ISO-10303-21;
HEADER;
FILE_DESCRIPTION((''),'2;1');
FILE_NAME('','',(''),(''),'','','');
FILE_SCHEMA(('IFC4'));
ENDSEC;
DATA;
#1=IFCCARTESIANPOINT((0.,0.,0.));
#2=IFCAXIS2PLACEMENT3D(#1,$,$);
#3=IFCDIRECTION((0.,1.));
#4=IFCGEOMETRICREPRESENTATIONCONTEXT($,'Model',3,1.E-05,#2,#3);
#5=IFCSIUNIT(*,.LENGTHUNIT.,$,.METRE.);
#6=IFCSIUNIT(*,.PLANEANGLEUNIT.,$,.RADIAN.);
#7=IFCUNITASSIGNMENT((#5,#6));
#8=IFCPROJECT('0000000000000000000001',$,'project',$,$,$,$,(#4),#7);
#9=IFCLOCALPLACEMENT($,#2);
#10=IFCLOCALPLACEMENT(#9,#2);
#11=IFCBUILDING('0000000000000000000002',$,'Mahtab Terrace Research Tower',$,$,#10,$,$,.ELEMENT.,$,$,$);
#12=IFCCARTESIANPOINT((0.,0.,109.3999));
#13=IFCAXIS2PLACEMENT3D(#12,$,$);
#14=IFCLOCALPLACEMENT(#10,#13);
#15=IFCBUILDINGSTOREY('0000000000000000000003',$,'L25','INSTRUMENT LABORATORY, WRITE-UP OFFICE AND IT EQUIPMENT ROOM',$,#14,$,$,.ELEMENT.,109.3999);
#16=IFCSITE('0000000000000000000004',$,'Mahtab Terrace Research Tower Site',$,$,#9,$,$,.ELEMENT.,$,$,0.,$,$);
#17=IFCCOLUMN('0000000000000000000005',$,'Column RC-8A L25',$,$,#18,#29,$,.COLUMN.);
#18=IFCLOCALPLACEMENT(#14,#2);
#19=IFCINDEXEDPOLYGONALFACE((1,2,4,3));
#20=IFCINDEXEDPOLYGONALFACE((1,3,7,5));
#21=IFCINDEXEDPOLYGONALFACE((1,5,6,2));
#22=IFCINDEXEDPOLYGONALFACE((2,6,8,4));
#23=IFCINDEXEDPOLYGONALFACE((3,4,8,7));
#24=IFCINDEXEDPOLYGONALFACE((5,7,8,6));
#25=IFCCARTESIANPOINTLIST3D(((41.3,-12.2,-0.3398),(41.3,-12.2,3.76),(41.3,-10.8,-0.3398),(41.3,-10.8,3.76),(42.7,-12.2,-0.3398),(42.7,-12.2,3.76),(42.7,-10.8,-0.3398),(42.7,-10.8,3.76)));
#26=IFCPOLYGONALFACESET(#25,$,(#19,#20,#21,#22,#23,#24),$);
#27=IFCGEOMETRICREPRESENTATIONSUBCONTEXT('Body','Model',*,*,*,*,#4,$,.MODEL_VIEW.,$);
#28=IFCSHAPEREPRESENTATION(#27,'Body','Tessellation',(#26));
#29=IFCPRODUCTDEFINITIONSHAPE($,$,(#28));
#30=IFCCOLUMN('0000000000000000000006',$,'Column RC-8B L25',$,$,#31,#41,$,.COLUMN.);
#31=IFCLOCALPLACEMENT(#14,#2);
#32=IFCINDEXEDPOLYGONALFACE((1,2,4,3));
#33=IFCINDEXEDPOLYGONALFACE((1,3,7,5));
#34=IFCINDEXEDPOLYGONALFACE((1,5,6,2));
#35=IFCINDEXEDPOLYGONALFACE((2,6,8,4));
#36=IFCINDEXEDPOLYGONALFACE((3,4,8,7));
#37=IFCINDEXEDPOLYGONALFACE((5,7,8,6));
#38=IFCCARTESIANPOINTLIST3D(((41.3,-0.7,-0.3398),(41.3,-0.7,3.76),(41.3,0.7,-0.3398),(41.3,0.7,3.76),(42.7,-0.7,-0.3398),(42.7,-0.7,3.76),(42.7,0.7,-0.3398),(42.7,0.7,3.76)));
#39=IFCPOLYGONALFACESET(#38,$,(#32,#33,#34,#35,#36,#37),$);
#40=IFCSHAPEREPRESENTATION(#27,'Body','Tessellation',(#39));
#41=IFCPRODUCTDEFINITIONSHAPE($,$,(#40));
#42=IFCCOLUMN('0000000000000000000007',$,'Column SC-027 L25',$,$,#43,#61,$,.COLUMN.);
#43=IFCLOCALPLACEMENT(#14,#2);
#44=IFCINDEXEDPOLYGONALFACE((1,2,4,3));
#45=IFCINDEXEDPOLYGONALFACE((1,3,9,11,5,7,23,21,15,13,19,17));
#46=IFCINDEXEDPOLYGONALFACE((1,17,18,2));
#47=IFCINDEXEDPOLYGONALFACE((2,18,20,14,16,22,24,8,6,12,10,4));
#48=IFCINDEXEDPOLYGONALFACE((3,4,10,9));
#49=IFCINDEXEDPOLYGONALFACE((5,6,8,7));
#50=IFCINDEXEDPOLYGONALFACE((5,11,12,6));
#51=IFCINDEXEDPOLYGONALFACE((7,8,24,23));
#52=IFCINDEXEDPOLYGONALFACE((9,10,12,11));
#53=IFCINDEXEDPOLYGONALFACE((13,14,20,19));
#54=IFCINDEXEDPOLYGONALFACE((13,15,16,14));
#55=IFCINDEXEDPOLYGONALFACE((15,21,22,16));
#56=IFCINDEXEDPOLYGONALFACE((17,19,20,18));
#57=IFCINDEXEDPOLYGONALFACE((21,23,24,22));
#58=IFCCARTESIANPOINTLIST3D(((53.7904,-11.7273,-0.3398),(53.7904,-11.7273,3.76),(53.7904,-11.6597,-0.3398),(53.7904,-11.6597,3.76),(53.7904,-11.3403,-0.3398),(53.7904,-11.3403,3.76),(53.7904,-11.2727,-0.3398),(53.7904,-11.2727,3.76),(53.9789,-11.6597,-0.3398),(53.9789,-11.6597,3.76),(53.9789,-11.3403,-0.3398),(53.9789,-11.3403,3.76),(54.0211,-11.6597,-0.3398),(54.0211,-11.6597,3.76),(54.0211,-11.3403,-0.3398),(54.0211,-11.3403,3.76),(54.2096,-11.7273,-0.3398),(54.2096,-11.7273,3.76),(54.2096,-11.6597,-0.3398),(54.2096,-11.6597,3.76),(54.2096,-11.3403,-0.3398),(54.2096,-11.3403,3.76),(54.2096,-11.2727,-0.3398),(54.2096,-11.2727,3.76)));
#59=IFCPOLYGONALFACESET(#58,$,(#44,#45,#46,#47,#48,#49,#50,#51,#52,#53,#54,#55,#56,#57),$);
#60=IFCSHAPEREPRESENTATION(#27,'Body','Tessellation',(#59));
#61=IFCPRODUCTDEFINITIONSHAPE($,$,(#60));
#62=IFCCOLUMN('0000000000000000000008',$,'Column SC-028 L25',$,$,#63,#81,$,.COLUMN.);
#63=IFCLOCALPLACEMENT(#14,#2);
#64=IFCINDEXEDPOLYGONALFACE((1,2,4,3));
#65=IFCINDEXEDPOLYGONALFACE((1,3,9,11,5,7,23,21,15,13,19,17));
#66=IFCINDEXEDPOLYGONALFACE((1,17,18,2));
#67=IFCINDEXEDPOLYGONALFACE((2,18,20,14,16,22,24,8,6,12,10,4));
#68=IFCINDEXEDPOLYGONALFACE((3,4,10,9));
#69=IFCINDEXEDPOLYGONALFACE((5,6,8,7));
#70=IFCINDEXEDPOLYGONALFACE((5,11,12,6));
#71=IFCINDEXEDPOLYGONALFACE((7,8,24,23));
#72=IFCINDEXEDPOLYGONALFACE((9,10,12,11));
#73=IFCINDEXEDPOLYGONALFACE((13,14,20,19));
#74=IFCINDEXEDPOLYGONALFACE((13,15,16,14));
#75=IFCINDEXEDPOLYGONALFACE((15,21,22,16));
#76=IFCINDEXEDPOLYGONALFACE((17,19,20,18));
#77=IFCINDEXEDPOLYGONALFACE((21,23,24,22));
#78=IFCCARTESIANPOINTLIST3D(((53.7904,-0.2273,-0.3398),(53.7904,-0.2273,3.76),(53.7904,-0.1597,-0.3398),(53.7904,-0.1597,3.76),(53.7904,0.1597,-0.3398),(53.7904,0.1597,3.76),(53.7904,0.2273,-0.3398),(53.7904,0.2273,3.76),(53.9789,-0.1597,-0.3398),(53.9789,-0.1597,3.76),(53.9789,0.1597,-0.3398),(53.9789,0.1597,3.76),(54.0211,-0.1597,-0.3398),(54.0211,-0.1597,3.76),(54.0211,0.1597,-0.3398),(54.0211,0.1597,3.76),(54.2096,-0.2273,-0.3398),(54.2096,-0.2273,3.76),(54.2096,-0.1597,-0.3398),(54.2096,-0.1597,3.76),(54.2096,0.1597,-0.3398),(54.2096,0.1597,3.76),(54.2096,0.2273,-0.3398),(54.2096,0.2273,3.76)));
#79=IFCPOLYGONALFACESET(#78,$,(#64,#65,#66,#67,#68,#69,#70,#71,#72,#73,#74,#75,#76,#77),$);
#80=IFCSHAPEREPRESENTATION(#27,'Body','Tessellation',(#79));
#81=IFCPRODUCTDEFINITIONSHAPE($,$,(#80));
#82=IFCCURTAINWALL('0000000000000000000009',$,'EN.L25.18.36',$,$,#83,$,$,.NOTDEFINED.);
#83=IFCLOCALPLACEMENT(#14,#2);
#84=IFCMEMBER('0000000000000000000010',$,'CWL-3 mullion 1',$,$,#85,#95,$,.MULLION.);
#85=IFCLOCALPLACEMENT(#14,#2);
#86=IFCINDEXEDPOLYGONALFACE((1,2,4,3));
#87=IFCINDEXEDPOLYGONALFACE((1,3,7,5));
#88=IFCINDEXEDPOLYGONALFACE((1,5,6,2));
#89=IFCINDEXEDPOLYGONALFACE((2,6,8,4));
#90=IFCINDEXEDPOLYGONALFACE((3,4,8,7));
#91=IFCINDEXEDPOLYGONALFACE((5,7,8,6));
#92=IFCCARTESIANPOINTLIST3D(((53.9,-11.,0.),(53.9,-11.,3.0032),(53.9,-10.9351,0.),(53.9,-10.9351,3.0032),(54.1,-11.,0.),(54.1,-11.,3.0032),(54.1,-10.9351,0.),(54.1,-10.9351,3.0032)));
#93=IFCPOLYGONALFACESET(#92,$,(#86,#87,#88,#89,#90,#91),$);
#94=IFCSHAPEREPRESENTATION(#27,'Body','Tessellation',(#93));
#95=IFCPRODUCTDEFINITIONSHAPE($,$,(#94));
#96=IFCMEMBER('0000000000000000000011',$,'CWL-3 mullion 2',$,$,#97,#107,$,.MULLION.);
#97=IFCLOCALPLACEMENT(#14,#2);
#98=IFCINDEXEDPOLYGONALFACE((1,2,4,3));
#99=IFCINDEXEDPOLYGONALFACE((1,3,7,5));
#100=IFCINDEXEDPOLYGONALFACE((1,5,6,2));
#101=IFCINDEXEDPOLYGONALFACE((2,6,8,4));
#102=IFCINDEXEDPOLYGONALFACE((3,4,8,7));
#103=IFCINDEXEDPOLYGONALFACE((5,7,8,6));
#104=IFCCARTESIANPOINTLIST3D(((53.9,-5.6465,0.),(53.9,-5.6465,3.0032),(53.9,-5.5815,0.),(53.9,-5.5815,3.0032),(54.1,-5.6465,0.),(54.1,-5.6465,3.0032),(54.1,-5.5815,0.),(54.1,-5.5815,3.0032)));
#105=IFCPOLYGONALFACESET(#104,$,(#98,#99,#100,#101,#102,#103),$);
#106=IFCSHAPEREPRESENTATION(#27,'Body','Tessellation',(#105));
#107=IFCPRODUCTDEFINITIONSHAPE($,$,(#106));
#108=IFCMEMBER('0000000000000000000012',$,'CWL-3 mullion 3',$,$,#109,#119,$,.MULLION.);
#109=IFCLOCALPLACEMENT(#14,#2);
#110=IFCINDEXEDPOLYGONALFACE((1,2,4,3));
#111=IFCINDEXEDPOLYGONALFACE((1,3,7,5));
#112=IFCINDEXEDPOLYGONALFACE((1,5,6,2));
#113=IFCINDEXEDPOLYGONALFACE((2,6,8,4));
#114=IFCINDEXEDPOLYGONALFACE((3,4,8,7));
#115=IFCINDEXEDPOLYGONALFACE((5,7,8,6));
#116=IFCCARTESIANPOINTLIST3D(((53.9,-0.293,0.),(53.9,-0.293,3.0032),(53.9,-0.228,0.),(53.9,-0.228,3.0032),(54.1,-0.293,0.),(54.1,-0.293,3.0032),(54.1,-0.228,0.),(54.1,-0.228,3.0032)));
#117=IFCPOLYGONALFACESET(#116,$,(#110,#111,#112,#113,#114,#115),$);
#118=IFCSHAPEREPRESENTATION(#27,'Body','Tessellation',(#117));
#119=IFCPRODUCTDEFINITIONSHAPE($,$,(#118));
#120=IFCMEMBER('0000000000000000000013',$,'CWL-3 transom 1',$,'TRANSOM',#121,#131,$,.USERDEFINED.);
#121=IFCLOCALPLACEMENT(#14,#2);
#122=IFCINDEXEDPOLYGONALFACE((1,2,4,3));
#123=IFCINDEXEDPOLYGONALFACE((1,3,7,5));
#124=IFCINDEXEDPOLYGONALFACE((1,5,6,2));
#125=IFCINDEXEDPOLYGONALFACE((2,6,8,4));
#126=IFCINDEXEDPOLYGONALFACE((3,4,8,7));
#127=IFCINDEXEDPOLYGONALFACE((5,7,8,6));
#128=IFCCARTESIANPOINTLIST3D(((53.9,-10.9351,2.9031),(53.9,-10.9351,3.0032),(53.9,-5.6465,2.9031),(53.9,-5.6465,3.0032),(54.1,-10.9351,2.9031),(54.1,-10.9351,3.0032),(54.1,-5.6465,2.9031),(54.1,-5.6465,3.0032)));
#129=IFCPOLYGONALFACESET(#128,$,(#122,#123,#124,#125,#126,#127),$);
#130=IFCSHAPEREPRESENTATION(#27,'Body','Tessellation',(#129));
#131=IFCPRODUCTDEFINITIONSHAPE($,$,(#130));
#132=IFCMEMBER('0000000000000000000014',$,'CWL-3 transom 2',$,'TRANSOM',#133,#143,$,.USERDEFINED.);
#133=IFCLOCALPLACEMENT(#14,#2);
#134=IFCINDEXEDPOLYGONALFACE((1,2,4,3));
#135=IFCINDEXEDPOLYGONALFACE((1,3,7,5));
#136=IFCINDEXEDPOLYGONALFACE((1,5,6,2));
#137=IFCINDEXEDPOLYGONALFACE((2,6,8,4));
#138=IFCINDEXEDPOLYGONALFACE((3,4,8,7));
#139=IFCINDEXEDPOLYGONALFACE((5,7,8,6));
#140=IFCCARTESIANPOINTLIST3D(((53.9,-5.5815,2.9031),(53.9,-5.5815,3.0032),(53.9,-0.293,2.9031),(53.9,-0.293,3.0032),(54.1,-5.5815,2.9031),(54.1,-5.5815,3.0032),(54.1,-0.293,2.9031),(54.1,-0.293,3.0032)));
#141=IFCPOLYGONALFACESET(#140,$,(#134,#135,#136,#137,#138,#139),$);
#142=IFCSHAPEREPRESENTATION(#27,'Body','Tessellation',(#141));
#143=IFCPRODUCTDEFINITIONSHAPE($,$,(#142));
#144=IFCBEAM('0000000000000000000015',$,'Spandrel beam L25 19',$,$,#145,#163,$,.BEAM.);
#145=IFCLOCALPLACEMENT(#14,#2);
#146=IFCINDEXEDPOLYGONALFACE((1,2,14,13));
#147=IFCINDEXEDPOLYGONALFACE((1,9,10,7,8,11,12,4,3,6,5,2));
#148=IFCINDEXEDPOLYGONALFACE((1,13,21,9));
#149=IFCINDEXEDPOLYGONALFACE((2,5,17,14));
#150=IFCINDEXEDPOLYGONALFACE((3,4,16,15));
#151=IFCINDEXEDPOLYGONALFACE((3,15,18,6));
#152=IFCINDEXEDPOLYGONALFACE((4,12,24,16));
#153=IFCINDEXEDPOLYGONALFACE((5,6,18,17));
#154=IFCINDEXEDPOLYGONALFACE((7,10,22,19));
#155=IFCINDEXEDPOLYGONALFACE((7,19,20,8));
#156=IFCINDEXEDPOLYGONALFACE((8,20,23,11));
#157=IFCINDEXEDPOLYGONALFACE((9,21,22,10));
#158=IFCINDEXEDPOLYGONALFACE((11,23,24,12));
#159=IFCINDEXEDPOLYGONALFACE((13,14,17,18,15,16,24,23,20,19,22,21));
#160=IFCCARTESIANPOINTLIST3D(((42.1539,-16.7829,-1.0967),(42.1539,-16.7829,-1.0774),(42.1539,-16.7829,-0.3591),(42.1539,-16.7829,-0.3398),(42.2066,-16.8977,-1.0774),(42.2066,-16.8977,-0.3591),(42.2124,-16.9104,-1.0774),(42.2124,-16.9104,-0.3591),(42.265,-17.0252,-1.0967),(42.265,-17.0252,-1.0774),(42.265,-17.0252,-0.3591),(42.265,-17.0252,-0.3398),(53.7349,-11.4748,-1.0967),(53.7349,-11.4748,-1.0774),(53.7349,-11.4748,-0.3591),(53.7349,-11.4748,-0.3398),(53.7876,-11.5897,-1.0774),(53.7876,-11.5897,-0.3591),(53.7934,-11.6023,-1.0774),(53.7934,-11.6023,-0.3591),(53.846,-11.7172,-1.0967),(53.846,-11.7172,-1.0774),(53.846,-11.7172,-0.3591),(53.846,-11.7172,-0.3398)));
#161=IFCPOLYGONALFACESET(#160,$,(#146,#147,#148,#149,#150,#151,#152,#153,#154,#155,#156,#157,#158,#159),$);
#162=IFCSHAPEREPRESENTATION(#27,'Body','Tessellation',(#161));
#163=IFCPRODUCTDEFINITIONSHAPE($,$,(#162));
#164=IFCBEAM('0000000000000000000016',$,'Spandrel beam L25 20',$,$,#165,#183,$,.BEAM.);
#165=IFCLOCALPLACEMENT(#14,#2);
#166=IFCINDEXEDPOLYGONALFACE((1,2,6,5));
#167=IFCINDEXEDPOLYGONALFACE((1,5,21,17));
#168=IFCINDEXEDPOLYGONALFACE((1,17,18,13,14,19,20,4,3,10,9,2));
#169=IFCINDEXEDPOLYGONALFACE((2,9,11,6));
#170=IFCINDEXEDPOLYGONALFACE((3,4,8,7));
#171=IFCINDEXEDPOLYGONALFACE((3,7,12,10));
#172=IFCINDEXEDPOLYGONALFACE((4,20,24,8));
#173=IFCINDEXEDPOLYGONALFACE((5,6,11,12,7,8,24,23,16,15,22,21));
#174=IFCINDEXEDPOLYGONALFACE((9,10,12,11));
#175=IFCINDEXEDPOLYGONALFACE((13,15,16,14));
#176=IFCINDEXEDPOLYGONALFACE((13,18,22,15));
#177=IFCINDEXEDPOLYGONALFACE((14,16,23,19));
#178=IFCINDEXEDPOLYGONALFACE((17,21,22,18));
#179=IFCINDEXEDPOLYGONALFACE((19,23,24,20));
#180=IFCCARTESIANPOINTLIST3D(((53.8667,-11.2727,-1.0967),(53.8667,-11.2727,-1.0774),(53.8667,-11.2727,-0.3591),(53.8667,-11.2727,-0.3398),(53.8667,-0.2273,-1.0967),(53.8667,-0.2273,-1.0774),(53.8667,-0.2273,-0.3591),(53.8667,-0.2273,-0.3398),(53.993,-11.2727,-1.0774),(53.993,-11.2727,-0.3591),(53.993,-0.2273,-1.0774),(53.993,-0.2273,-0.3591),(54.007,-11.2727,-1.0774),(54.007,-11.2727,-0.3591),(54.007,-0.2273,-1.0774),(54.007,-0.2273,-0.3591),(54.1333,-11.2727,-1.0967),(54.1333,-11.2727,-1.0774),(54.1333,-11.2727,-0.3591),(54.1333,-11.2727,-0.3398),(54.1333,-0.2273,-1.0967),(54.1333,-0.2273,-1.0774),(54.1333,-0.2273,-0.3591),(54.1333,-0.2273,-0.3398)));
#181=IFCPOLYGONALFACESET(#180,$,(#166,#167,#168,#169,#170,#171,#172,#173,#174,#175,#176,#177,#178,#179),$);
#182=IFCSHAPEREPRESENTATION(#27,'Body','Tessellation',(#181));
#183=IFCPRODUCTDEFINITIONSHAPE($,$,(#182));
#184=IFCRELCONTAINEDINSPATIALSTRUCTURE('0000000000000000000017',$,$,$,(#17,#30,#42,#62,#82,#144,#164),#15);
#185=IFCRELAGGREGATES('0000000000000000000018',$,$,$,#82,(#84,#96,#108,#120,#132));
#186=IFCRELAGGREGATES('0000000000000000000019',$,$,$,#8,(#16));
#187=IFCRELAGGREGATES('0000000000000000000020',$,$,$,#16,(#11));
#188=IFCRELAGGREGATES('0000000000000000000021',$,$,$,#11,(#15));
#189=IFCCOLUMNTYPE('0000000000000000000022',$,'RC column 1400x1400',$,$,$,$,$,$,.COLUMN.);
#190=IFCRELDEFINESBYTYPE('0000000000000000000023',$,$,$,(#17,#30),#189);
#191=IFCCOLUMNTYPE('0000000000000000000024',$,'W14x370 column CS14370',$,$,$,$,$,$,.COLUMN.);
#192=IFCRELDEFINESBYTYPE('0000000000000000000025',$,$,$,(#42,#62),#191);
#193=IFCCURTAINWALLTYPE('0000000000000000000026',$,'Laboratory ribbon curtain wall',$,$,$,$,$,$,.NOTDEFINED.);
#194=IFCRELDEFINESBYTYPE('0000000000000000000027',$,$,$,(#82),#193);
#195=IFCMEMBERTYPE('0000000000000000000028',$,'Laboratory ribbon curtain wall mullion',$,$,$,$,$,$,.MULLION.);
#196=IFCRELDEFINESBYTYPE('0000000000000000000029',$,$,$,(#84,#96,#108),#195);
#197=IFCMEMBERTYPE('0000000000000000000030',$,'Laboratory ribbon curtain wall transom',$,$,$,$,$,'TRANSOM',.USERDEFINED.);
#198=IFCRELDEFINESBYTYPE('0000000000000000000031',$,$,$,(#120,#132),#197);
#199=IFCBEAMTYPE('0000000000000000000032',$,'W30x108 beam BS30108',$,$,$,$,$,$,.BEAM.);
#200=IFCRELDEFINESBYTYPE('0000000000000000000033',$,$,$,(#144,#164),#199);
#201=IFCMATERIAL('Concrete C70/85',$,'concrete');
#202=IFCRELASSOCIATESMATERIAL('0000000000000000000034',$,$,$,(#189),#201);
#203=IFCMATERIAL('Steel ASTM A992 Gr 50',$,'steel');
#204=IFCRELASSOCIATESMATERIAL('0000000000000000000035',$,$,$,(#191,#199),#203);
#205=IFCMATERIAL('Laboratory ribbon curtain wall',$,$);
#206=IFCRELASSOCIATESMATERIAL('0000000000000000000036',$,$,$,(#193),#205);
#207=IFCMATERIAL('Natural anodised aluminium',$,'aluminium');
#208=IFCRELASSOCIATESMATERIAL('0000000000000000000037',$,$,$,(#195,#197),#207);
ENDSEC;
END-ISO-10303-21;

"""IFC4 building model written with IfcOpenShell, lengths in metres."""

from ifc_helpers import new_model, si_unit, direction, frame, origin, origin_2d, place, context, subcontext, project, spatial, rectangle, i_section, extrude, material, material_profile, profile_set, type_object, element, aggregate, save


model = new_model("IFC4")

# Units and contexts
model_context = context("Model", 3, precision=1e-05, world=origin(), true_north=direction((0.0, 1.0)))
body_context = subcontext(model_context, "Body", "Model", "MODEL_VIEW")
ifc_project = project(units=[si_unit("LENGTHUNIT", "METRE"), si_unit("PLANEANGLEUNIT", "RADIAN")], contexts=[model_context])

# Site, building, storey
site_placement = place(None, origin())
site = spatial("IfcSite", under=ifc_project, at=site_placement, Name="Mahtab Terrace Research Tower Site", CompositionType="ELEMENT", RefElevation=0.0)
building_placement = place(site_placement, origin())
building = spatial("IfcBuilding", under=site, at=building_placement, Name="Mahtab Terrace Research Tower", CompositionType="ELEMENT")
storey_placement = place(building_placement, frame((0.0, 0.0, 109.3999)))
storey = spatial("IfcBuildingStorey", under=building, at=storey_placement, Name="L25", Description="INSTRUMENT LABORATORY, WRITE-UP OFFICE AND IT EQUIPMENT ROOM", CompositionType="ELEMENT", Elevation=109.3999)

# Columns
ifc_material_1 = material(Name="Concrete C70/85", Category="concrete")
ifc_material_profile_1 = material_profile(ifc_material_1, rectangle(XDim=1.3999, YDim=1.3999, at=origin_2d()), Name="RC column 1400x1400")
ifc_profile_set_1 = profile_set([ifc_material_profile_1], Name="Concrete C70/85")
column_type_1 = type_object("IfcColumnType", Name="RC column 1400x1400", PredefinedType="COLUMN", material=ifc_profile_set_1)
for number, where, z_axis, x_axis, name in (
    (1, (42.0, -11.5, -0.3398), (0.0, 0.0, 1.0), (1.0, 0.0, 0.0), "Column RC-8A L25"),
    (2, (42.0, 0.0, -0.3398), (0.0, 0.0, 1.0), (1.0, 0.0, 0.0), "Column RC-8B L25"),
):
    element("IfcColumn", number, at=place(storey_placement, frame(where, z_axis=z_axis, x_axis=x_axis)), inside=storey, type_object=column_type_1, Name=name, PredefinedType="COLUMN", context=body_context, shape_type="SweptSolid", body=[
        extrude(rectangle(XDim=1.3999, YDim=1.3999, at=origin_2d()), origin(), (0.0, 0.0, 1.0), 4.0999),
    ])
ifc_material_2 = material(Name="Steel ASTM A992 Gr 50", Category="steel")
ifc_material_profile_2 = material_profile(ifc_material_2, i_section(OverallWidth=0.4192, OverallDepth=0.4546, WebThickness=0.0422, FlangeThickness=0.0676, at=origin_2d()), Name="W14X370")
ifc_profile_set_2 = profile_set([ifc_material_profile_2], Name="Steel ASTM A992 Gr 50")
column_type_2 = type_object("IfcColumnType", Name="W14x370 column CS14370", PredefinedType="COLUMN", material=ifc_profile_set_2)
for number, where, z_axis, x_axis, name in (
    (3, (54.0, -11.5, -0.3398), (0.0, 0.0, 1.0), (1.0, 0.0, 0.0), "Column SC-027 L25"),
    (4, (54.0, 0.0, -0.3398), (0.0, 0.0, 1.0), (1.0, 0.0, 0.0), "Column SC-028 L25"),
):
    element("IfcColumn", number, at=place(storey_placement, frame(where, z_axis=z_axis, x_axis=x_axis)), inside=storey, type_object=column_type_2, Name=name, PredefinedType="COLUMN", context=body_context, shape_type="SweptSolid", body=[
        extrude(i_section(OverallWidth=0.4192, OverallDepth=0.4546, WebThickness=0.0422, FlangeThickness=0.0676, at=origin_2d()), origin(), (0.0, 0.0, 1.0), 4.0999),
    ])

# Curtain wall, members
ifc_material_3 = material(Name="Laboratory ribbon curtain wall")
curtain_wall_type = type_object("IfcCurtainWallType", Name="Laboratory ribbon curtain wall", PredefinedType="NOTDEFINED", material=ifc_material_3)
curtain_wall_placement = place(storey_placement, origin())
curtain_wall = element("IfcCurtainWall", 5, at=curtain_wall_placement, inside=storey, type_object=curtain_wall_type, Name="EN.L25.18.36", PredefinedType="NOTDEFINED")
ifc_material_4 = material(Name="Natural anodised aluminium", Category="aluminium")
ifc_material_profile_3 = material_profile(ifc_material_4, rectangle(XDim=0.2, YDim=0.0649, at=origin_2d()), Name="MULLION 65x200")
ifc_profile_set_3 = profile_set([ifc_material_profile_3], Name="Natural anodised aluminium")
member_type_1 = type_object("IfcMemberType", Name="Laboratory ribbon curtain wall mullion", PredefinedType="MULLION", material=ifc_profile_set_3)
member_1_placement = place(storey_placement, frame((54.0, -10.9675, 0.0), z_axis=(0.0, 0.0, 1.0), x_axis=(-1.0, 0.0, 0.0)))
member_1 = element("IfcMember", 6, at=member_1_placement, type_object=member_type_1, Name="CWL-3 mullion 1", PredefinedType="MULLION", context=body_context, shape_type="SweptSolid", body=[
    extrude(rectangle(XDim=0.2, YDim=0.0649, at=origin_2d()), origin(), (0.0, 0.0, 1.0), 3.0032),
])
member_2_placement = place(storey_placement, frame((54.0, -5.614, 0.0), z_axis=(0.0, 0.0, 1.0), x_axis=(-1.0, 0.0, 0.0)))
member_2 = element("IfcMember", 7, at=member_2_placement, type_object=member_type_1, Name="CWL-3 mullion 2", PredefinedType="MULLION", context=body_context, shape_type="SweptSolid", body=[
    extrude(rectangle(XDim=0.2, YDim=0.0649, at=origin_2d()), origin(), (0.0, 0.0, 1.0), 3.0032),
])
member_3_placement = place(storey_placement, frame((54.0, -0.2605, 0.0), z_axis=(0.0, 0.0, 1.0), x_axis=(-1.0, 0.0, 0.0)))
member_3 = element("IfcMember", 8, at=member_3_placement, type_object=member_type_1, Name="CWL-3 mullion 3", PredefinedType="MULLION", context=body_context, shape_type="SweptSolid", body=[
    extrude(rectangle(XDim=0.2, YDim=0.0649, at=origin_2d()), origin(), (0.0, 0.0, 1.0), 3.0032),
])
ifc_material_profile_4 = material_profile(ifc_material_4, rectangle(XDim=0.2, YDim=0.1001, at=origin_2d()), Name="TRANSOM 100x200")
ifc_profile_set_4 = profile_set([ifc_material_profile_4], Name="Natural anodised aluminium")
member_type_2 = type_object("IfcMemberType", Name="Laboratory ribbon curtain wall transom", ElementType="TRANSOM", PredefinedType="USERDEFINED", material=ifc_profile_set_4)
member_4_placement = place(storey_placement, frame((54.0, -10.9351, 2.9531), z_axis=(0.0, 1.0, 0.0), x_axis=(-1.0, 0.0, 0.0)))
member_4 = element("IfcMember", 9, at=member_4_placement, type_object=member_type_2, Name="CWL-3 transom 1", ObjectType="TRANSOM", PredefinedType="USERDEFINED", context=body_context, shape_type="SweptSolid", body=[
    extrude(rectangle(XDim=0.2, YDim=0.1001, at=origin_2d()), origin(), (0.0, 0.0, 1.0), 5.2886),
])
member_5_placement = place(storey_placement, frame((54.0, -5.5815, 2.9531), z_axis=(0.0, 1.0, 0.0), x_axis=(-1.0, 0.0, 0.0)))
member_5 = element("IfcMember", 10, at=member_5_placement, type_object=member_type_2, Name="CWL-3 transom 2", ObjectType="TRANSOM", PredefinedType="USERDEFINED", context=body_context, shape_type="SweptSolid", body=[
    extrude(rectangle(XDim=0.2, YDim=0.1001, at=origin_2d()), origin(), (0.0, 0.0, 1.0), 5.2886),
])

# Beams
ifc_material_profile_5 = material_profile(ifc_material_2, i_section(OverallWidth=0.2666, OverallDepth=0.7568, WebThickness=0.0139, FlangeThickness=0.0193, at=origin_2d()), Name="W30X108")
ifc_profile_set_5 = profile_set([ifc_material_profile_5], Name="Steel ASTM A992 Gr 50")
beam_type = type_object("IfcBeamType", Name="W30x108 beam BS30108", PredefinedType="BEAM", material=ifc_profile_set_5)
beam_1_placement = place(storey_placement, frame((42.2095, -16.9041, -0.7183), z_axis=(0.909061, 0.416663, 0.0), x_axis=(-0.416663, 0.909061, 0.0)))
element("IfcBeam", 11, at=beam_1_placement, inside=storey, type_object=beam_type, Name="Spandrel beam L25 19", PredefinedType="BEAM", context=body_context, shape_type="SweptSolid", body=[
    extrude(i_section(OverallWidth=0.2666, OverallDepth=0.7568, WebThickness=0.0139, FlangeThickness=0.0193, at=origin_2d()), origin(), (0.0, 0.0, 1.0), 12.7395),
])
beam_2_placement = place(storey_placement, frame((54.0, -11.2727, -0.7183), z_axis=(0.0, 1.0, 0.0), x_axis=(-1.0, 0.0, 0.0)))
element("IfcBeam", 12, at=beam_2_placement, inside=storey, type_object=beam_type, Name="Spandrel beam L25 20", PredefinedType="BEAM", context=body_context, shape_type="SweptSolid", body=[
    extrude(i_section(OverallWidth=0.2666, OverallDepth=0.7568, WebThickness=0.0139, FlangeThickness=0.0193, at=origin_2d()), origin(), (0.0, 0.0, 1.0), 11.0454),
])

aggregate(curtain_wall, [member_1, member_2, member_3, member_4, member_5])

save(model, "model.ifc")
